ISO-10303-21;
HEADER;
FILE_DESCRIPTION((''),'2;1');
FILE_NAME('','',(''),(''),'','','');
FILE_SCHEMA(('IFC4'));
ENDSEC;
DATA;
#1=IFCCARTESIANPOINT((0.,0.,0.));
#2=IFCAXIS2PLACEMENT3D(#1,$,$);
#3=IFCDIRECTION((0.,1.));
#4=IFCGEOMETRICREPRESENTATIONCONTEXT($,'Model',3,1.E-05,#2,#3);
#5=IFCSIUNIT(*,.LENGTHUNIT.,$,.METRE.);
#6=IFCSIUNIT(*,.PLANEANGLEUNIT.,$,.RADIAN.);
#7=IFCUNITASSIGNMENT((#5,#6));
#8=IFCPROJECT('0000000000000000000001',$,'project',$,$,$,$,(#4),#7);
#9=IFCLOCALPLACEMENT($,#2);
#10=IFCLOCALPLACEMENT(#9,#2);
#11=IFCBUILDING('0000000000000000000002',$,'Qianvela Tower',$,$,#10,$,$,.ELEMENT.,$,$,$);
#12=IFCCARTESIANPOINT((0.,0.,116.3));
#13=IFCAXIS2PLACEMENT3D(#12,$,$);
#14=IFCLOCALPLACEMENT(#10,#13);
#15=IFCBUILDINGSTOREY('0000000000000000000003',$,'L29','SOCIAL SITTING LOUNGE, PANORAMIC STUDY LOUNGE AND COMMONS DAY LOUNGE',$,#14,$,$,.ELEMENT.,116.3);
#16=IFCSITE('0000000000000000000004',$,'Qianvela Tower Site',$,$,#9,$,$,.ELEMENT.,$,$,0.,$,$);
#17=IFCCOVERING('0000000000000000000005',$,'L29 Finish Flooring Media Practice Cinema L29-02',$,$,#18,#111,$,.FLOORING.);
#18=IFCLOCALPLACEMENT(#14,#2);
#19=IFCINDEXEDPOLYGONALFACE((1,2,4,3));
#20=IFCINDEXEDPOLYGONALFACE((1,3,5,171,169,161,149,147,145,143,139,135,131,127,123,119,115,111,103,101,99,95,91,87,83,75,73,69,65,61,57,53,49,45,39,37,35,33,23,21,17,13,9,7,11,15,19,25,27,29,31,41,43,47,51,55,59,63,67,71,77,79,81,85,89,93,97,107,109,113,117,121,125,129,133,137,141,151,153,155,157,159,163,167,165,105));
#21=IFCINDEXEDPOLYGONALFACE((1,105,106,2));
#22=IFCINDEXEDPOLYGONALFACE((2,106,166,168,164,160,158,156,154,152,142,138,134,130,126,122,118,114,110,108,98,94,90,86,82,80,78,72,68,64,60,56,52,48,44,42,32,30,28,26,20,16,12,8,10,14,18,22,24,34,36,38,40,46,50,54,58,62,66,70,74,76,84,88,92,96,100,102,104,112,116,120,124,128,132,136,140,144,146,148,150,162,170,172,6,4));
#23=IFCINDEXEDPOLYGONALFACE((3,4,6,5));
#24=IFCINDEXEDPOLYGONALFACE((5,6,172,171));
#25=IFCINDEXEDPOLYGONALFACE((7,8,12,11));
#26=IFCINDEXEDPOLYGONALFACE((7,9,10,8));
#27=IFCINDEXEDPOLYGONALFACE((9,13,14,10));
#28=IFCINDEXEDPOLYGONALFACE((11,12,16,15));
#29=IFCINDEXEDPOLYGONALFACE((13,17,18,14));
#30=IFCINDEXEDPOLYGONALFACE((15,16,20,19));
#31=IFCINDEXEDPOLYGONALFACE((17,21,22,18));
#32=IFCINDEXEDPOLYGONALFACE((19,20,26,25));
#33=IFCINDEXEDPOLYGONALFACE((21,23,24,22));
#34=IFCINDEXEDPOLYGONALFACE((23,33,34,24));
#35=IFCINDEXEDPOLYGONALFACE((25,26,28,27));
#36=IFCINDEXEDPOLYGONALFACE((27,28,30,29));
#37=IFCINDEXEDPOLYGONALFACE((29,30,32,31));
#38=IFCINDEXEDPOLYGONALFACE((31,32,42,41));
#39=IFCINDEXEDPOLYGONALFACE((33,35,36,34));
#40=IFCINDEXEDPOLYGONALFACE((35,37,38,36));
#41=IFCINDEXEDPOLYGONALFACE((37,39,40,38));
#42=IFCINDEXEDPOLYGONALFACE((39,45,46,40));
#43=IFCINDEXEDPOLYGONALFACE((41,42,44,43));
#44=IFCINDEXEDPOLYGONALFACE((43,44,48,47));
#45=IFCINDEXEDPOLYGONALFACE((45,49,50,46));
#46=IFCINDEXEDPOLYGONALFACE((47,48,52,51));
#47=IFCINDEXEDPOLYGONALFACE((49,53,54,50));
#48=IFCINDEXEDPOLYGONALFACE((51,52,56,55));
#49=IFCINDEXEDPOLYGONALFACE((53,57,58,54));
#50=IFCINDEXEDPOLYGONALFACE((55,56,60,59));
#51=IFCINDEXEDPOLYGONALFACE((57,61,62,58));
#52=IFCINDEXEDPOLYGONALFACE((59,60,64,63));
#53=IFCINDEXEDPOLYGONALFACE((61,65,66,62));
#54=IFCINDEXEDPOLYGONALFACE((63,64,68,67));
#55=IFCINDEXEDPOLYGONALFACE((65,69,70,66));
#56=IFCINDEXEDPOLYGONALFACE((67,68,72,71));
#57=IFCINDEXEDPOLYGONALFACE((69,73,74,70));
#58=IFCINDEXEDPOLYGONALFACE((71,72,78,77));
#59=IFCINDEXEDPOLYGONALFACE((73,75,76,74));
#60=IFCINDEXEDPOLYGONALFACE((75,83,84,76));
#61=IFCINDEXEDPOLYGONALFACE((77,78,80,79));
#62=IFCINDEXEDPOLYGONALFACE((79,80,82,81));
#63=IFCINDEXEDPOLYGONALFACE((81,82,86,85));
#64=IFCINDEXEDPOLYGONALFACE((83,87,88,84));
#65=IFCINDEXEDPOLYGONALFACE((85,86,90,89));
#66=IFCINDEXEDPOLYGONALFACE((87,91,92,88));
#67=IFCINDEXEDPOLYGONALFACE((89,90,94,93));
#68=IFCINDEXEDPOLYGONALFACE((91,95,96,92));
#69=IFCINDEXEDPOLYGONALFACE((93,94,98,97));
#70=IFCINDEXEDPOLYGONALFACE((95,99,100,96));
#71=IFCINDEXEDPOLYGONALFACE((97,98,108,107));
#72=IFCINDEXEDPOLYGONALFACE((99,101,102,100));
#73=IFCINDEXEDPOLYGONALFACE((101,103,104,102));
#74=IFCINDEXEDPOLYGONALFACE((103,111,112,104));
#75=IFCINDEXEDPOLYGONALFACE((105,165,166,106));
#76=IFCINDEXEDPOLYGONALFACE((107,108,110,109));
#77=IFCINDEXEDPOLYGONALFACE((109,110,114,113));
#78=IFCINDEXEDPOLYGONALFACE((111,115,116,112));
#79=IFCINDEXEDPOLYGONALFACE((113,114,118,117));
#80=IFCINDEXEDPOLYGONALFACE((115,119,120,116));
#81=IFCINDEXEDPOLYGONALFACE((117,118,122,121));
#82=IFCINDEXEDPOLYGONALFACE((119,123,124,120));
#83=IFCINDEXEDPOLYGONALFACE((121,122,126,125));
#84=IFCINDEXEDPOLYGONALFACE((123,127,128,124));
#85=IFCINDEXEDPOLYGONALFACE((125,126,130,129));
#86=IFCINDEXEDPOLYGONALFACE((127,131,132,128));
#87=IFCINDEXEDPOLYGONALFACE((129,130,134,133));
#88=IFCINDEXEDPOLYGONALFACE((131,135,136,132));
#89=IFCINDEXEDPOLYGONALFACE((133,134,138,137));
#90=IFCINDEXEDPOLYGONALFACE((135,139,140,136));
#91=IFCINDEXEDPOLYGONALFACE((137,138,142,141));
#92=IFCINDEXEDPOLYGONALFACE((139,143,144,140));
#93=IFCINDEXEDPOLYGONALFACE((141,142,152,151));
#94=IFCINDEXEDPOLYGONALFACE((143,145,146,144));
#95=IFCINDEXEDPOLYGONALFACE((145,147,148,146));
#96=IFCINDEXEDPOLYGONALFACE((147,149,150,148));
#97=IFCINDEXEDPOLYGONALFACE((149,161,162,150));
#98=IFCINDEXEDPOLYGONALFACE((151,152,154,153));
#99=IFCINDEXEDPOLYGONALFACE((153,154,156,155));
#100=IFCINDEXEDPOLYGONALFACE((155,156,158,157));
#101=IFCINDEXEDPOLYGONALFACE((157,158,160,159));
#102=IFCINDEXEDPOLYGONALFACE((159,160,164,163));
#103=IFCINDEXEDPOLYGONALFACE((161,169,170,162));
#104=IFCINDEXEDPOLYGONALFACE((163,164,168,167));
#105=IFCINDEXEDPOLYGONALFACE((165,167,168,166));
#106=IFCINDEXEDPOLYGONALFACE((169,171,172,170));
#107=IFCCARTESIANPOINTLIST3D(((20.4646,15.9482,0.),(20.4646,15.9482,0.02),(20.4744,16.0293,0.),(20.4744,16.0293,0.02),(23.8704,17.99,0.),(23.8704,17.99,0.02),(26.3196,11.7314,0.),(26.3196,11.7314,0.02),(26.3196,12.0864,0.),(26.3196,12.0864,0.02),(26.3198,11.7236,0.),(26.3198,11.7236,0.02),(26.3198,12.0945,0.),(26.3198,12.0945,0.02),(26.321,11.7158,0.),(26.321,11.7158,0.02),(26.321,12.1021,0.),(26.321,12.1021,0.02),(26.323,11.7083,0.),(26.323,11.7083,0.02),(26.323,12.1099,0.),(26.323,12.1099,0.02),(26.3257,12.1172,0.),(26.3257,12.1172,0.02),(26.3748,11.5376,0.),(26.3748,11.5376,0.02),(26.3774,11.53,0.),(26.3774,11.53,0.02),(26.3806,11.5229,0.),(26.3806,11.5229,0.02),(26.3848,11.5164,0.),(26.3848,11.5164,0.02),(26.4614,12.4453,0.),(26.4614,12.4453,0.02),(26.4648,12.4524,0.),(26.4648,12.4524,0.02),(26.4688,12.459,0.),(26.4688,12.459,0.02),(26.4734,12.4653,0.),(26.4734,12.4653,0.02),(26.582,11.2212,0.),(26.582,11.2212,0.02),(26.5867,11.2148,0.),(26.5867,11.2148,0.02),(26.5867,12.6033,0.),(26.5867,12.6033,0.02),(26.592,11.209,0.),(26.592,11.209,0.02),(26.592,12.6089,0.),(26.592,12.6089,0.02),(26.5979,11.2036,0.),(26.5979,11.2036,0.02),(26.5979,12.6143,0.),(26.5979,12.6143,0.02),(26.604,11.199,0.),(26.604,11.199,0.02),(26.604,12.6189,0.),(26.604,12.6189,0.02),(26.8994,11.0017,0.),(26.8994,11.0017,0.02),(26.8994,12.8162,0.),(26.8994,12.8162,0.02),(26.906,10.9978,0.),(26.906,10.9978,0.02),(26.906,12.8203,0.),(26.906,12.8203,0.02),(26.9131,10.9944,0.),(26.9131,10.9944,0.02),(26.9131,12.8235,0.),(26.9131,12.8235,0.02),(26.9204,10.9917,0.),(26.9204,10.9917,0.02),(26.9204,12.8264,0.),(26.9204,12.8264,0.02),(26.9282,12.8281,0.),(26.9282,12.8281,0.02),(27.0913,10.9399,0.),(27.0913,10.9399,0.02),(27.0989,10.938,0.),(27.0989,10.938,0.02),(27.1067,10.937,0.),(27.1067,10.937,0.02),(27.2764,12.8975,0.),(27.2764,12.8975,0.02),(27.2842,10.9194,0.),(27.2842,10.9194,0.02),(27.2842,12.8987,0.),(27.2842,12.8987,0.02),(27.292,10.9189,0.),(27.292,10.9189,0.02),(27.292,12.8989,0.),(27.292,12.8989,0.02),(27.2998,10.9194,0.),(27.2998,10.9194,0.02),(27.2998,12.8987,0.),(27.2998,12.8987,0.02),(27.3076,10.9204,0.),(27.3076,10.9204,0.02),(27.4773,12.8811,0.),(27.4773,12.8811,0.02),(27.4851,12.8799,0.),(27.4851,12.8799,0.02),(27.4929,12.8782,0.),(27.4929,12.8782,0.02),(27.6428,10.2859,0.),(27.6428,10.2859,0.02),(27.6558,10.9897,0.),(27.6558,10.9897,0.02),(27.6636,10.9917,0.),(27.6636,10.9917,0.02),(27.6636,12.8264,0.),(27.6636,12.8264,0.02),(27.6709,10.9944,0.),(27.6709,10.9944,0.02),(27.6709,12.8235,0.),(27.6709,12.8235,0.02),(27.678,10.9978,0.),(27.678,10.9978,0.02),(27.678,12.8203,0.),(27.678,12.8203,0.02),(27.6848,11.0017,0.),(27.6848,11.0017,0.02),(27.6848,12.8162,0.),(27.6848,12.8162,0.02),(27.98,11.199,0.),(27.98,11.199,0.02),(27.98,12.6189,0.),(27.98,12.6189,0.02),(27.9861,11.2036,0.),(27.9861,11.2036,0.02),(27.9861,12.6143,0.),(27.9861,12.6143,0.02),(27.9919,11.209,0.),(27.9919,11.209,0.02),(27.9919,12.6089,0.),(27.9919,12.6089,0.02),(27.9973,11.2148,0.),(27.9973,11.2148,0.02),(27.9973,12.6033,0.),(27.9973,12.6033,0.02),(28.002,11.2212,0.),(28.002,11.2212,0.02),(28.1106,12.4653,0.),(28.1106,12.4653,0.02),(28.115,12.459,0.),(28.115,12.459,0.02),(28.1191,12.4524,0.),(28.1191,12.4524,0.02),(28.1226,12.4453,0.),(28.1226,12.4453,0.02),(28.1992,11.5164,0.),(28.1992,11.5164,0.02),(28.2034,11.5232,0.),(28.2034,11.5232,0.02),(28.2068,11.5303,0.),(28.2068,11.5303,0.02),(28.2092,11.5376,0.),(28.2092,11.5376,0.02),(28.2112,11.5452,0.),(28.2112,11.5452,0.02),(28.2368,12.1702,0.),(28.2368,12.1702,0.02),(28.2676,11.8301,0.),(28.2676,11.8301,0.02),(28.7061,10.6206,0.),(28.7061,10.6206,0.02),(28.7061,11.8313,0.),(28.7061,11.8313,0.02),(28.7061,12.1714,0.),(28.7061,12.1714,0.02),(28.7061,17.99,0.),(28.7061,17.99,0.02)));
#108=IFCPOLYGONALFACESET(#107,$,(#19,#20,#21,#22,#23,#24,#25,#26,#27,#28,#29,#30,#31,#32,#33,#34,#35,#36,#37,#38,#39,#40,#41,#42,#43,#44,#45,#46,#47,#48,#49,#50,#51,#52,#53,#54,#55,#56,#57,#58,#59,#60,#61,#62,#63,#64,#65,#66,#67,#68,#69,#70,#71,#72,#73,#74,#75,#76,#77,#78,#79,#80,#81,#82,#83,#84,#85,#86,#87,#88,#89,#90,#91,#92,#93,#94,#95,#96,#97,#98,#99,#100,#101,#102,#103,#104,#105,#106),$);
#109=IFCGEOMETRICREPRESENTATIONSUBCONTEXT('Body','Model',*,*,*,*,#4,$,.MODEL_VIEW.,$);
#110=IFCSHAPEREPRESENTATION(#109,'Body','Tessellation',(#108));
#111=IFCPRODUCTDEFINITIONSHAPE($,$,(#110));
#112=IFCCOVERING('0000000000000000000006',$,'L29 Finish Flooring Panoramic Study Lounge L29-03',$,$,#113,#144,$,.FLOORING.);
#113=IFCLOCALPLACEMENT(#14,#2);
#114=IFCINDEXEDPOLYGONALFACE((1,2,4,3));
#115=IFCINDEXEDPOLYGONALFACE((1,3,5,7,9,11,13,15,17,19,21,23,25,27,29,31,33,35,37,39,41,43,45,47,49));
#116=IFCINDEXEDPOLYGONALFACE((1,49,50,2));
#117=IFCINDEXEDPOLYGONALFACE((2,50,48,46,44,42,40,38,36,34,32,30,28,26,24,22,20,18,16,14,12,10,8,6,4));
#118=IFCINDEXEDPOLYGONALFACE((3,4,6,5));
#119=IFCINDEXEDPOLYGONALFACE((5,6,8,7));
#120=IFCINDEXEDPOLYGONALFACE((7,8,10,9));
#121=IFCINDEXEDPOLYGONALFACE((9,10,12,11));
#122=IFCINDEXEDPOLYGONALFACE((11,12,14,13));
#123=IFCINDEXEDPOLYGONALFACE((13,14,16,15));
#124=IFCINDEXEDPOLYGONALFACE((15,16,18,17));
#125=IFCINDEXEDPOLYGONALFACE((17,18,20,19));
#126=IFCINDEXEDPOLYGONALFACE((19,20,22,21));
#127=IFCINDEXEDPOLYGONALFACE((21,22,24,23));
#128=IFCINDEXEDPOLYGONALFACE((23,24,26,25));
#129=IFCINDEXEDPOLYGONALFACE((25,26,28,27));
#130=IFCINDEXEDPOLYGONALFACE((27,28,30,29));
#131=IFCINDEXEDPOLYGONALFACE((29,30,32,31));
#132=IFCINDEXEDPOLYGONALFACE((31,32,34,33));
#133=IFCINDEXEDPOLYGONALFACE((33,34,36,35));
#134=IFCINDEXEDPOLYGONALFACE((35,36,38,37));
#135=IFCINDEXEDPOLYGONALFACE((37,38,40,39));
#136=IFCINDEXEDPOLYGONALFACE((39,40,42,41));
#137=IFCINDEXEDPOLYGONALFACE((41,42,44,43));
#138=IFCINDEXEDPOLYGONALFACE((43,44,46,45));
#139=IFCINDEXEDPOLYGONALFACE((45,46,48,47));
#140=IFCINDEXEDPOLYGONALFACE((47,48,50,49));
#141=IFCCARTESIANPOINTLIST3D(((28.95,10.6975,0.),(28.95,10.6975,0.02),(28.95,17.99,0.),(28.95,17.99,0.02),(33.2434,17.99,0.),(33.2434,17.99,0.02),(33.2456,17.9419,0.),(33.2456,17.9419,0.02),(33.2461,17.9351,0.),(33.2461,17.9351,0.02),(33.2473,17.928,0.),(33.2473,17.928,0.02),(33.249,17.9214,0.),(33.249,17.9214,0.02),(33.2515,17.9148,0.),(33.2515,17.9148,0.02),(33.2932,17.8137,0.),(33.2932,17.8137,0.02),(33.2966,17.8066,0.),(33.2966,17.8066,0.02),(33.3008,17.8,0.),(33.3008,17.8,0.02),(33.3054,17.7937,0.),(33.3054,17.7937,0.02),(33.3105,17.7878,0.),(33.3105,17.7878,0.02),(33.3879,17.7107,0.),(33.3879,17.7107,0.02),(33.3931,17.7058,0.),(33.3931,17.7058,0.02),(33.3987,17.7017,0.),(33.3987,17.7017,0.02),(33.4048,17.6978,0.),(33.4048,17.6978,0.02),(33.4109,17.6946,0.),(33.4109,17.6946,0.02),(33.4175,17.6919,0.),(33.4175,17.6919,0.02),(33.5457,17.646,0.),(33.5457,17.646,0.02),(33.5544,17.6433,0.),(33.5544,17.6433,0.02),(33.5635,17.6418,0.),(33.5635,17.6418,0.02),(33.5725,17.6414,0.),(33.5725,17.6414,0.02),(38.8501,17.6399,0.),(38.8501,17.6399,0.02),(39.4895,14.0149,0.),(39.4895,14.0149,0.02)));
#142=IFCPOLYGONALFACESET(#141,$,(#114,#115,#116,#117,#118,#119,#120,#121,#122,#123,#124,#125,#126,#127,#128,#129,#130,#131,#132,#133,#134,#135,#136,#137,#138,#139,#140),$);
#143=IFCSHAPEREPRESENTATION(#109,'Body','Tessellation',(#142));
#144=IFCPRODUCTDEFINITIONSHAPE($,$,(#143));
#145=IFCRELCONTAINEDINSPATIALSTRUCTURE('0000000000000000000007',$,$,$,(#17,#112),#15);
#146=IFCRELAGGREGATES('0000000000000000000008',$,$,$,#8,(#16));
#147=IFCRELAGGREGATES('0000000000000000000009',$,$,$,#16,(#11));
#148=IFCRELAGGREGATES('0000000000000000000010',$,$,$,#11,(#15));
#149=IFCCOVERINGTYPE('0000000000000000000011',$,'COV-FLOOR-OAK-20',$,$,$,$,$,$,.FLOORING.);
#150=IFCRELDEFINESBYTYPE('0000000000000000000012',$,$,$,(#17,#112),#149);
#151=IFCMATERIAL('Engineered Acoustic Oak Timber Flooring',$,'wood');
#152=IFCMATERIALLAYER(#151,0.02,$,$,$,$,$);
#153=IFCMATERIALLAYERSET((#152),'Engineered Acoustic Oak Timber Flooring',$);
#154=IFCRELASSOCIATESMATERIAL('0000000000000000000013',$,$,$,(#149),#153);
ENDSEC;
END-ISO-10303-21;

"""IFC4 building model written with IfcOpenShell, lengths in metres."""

from ifc_helpers import new_model, si_unit, direction, frame, origin, place, context, subcontext, project, spatial, polyline, outline, extrude, material, layer, layer_set, type_object, element, save


model = new_model("IFC4")

# Units and contexts
model_context = context("Model", 3, precision=1e-05, world=origin(), true_north=direction((0.0, 1.0)))
body_context = subcontext(model_context, "Body", "Model", "MODEL_VIEW")
ifc_project = project(units=[si_unit("LENGTHUNIT", "METRE"), si_unit("PLANEANGLEUNIT", "RADIAN")], contexts=[model_context])

# Site, building, storey
site_placement = place(None, origin())
site = spatial("IfcSite", under=ifc_project, at=site_placement, Name="Qianvela Tower Site", CompositionType="ELEMENT", RefElevation=0.0)
building_placement = place(site_placement, origin())
building = spatial("IfcBuilding", under=site, at=building_placement, Name="Qianvela Tower", CompositionType="ELEMENT")
storey_placement = place(building_placement, frame((0.0, 0.0, 116.3)))
storey = spatial("IfcBuildingStorey", under=building, at=storey_placement, Name="L29", Description="SOCIAL SITTING LOUNGE, PANORAMIC STUDY LOUNGE AND COMMONS DAY LOUNGE", CompositionType="ELEMENT", Elevation=116.3)

# Coverings
ifc_material_1 = material(Name="Engineered Acoustic Oak Timber Flooring", Category="wood")
ifc_layer_1 = layer(ifc_material_1, 0.02)
ifc_layer_set_1 = layer_set([ifc_layer_1], Name="Engineered Acoustic Oak Timber Flooring")
covering_type_1 = type_object("IfcCoveringType", Name="COV-FLOOR-OAK-20", PredefinedType="FLOORING", material=ifc_layer_set_1)
covering_1_placement = place(storey_placement, origin())
element("IfcCovering", 1, at=covering_1_placement, inside=storey, type_object=covering_type_1, Name="L29 Finish Flooring Media Practice Cinema L29-02", PredefinedType="FLOORING", context=body_context, shape_type="SweptSolid", body=[
    extrude(outline(polyline([(28.7061, 12.1714), (28.2368, 12.1702), (28.1226, 12.4453), (28.1191, 12.4524), (28.115, 12.459), (28.1106, 12.4653), (27.9973, 12.6033), (27.9919, 12.6089), (27.9861, 12.6143), (27.98, 12.6189), (27.6848, 12.8162), (27.678, 12.8203), (27.6709, 12.8235), (27.6636, 12.8264), (27.4929, 12.8782), (27.4851, 12.8799), (27.4773, 12.8811), (27.2998, 12.8987), (27.292, 12.8989), (27.2842, 12.8987), (27.2764, 12.8975), (26.9282, 12.8281), (26.9204, 12.8264), (26.9131, 12.8235), (26.906, 12.8203), (26.8994, 12.8162), (26.604, 12.6189), (26.5979, 12.6143), (26.592, 12.6089), (26.5867, 12.6033), (26.4734, 12.4653), (26.4688, 12.459), (26.4648, 12.4524), (26.4614, 12.4453), (26.3257, 12.1172), (26.323, 12.1099), (26.321, 12.1021), (26.3198, 12.0945), (26.3196, 12.0864), (26.3196, 11.7314), (26.3198, 11.7236), (26.321, 11.7158), (26.323, 11.7083), (26.3748, 11.5376), (26.3774, 11.53), (26.3806, 11.5229), (26.3848, 11.5164), (26.582, 11.2212), (26.5867, 11.2148), (26.592, 11.209), (26.5979, 11.2036), (26.604, 11.199), (26.8994, 11.0017), (26.906, 10.9978), (26.9131, 10.9944), (26.9204, 10.9917), (27.0913, 10.9399), (27.0989, 10.938), (27.1067, 10.937), (27.2842, 10.9194), (27.292, 10.9189), (27.2998, 10.9194), (27.3076, 10.9204), (27.6558, 10.9897), (27.6636, 10.9917), (27.6709, 10.9944), (27.678, 10.9978), (27.6848, 11.0017), (27.98, 11.199), (27.9861, 11.2036), (27.9919, 11.209), (27.9973, 11.2148), (28.002, 11.2212), (28.1992, 11.5164), (28.2034, 11.5232), (28.2068, 11.5303), (28.2092, 11.5376), (28.2112, 11.5452), (28.2676, 11.8301), (28.7061, 11.8313), (28.7061, 10.6206), (27.6428, 10.2859), (20.4646, 15.9482), (20.4744, 16.0293), (23.8704, 17.99), (28.7061, 17.99), (28.7061, 12.1714)])), origin(), (0.0, 0.0, 1.0), 0.02),
])
covering_2_placement = place(storey_placement, origin())
element("IfcCovering", 2, at=covering_2_placement, inside=storey, type_object=covering_type_1, Name="L29 Finish Flooring Panoramic Study Lounge L29-03", PredefinedType="FLOORING", context=body_context, shape_type="SweptSolid", body=[
    extrude(outline(polyline([(33.2456, 17.9419), (33.2461, 17.9351), (33.2473, 17.928), (33.249, 17.9214), (33.2515, 17.9148), (33.2932, 17.8137), (33.2966, 17.8066), (33.3008, 17.8), (33.3054, 17.7937), (33.3105, 17.7878), (33.3879, 17.7107), (33.3931, 17.7058), (33.3987, 17.7017), (33.4048, 17.6978), (33.4109, 17.6946), (33.4175, 17.6919), (33.5457, 17.646), (33.5544, 17.6433), (33.5635, 17.6418), (33.5725, 17.6414), (38.8501, 17.6399), (39.4895, 14.0149), (28.95, 10.6975), (28.95, 17.99), (33.2434, 17.99), (33.2456, 17.9419)])), origin(), (0.0, 0.0, 1.0), 0.02),
])

save(model, "model.ifc")
